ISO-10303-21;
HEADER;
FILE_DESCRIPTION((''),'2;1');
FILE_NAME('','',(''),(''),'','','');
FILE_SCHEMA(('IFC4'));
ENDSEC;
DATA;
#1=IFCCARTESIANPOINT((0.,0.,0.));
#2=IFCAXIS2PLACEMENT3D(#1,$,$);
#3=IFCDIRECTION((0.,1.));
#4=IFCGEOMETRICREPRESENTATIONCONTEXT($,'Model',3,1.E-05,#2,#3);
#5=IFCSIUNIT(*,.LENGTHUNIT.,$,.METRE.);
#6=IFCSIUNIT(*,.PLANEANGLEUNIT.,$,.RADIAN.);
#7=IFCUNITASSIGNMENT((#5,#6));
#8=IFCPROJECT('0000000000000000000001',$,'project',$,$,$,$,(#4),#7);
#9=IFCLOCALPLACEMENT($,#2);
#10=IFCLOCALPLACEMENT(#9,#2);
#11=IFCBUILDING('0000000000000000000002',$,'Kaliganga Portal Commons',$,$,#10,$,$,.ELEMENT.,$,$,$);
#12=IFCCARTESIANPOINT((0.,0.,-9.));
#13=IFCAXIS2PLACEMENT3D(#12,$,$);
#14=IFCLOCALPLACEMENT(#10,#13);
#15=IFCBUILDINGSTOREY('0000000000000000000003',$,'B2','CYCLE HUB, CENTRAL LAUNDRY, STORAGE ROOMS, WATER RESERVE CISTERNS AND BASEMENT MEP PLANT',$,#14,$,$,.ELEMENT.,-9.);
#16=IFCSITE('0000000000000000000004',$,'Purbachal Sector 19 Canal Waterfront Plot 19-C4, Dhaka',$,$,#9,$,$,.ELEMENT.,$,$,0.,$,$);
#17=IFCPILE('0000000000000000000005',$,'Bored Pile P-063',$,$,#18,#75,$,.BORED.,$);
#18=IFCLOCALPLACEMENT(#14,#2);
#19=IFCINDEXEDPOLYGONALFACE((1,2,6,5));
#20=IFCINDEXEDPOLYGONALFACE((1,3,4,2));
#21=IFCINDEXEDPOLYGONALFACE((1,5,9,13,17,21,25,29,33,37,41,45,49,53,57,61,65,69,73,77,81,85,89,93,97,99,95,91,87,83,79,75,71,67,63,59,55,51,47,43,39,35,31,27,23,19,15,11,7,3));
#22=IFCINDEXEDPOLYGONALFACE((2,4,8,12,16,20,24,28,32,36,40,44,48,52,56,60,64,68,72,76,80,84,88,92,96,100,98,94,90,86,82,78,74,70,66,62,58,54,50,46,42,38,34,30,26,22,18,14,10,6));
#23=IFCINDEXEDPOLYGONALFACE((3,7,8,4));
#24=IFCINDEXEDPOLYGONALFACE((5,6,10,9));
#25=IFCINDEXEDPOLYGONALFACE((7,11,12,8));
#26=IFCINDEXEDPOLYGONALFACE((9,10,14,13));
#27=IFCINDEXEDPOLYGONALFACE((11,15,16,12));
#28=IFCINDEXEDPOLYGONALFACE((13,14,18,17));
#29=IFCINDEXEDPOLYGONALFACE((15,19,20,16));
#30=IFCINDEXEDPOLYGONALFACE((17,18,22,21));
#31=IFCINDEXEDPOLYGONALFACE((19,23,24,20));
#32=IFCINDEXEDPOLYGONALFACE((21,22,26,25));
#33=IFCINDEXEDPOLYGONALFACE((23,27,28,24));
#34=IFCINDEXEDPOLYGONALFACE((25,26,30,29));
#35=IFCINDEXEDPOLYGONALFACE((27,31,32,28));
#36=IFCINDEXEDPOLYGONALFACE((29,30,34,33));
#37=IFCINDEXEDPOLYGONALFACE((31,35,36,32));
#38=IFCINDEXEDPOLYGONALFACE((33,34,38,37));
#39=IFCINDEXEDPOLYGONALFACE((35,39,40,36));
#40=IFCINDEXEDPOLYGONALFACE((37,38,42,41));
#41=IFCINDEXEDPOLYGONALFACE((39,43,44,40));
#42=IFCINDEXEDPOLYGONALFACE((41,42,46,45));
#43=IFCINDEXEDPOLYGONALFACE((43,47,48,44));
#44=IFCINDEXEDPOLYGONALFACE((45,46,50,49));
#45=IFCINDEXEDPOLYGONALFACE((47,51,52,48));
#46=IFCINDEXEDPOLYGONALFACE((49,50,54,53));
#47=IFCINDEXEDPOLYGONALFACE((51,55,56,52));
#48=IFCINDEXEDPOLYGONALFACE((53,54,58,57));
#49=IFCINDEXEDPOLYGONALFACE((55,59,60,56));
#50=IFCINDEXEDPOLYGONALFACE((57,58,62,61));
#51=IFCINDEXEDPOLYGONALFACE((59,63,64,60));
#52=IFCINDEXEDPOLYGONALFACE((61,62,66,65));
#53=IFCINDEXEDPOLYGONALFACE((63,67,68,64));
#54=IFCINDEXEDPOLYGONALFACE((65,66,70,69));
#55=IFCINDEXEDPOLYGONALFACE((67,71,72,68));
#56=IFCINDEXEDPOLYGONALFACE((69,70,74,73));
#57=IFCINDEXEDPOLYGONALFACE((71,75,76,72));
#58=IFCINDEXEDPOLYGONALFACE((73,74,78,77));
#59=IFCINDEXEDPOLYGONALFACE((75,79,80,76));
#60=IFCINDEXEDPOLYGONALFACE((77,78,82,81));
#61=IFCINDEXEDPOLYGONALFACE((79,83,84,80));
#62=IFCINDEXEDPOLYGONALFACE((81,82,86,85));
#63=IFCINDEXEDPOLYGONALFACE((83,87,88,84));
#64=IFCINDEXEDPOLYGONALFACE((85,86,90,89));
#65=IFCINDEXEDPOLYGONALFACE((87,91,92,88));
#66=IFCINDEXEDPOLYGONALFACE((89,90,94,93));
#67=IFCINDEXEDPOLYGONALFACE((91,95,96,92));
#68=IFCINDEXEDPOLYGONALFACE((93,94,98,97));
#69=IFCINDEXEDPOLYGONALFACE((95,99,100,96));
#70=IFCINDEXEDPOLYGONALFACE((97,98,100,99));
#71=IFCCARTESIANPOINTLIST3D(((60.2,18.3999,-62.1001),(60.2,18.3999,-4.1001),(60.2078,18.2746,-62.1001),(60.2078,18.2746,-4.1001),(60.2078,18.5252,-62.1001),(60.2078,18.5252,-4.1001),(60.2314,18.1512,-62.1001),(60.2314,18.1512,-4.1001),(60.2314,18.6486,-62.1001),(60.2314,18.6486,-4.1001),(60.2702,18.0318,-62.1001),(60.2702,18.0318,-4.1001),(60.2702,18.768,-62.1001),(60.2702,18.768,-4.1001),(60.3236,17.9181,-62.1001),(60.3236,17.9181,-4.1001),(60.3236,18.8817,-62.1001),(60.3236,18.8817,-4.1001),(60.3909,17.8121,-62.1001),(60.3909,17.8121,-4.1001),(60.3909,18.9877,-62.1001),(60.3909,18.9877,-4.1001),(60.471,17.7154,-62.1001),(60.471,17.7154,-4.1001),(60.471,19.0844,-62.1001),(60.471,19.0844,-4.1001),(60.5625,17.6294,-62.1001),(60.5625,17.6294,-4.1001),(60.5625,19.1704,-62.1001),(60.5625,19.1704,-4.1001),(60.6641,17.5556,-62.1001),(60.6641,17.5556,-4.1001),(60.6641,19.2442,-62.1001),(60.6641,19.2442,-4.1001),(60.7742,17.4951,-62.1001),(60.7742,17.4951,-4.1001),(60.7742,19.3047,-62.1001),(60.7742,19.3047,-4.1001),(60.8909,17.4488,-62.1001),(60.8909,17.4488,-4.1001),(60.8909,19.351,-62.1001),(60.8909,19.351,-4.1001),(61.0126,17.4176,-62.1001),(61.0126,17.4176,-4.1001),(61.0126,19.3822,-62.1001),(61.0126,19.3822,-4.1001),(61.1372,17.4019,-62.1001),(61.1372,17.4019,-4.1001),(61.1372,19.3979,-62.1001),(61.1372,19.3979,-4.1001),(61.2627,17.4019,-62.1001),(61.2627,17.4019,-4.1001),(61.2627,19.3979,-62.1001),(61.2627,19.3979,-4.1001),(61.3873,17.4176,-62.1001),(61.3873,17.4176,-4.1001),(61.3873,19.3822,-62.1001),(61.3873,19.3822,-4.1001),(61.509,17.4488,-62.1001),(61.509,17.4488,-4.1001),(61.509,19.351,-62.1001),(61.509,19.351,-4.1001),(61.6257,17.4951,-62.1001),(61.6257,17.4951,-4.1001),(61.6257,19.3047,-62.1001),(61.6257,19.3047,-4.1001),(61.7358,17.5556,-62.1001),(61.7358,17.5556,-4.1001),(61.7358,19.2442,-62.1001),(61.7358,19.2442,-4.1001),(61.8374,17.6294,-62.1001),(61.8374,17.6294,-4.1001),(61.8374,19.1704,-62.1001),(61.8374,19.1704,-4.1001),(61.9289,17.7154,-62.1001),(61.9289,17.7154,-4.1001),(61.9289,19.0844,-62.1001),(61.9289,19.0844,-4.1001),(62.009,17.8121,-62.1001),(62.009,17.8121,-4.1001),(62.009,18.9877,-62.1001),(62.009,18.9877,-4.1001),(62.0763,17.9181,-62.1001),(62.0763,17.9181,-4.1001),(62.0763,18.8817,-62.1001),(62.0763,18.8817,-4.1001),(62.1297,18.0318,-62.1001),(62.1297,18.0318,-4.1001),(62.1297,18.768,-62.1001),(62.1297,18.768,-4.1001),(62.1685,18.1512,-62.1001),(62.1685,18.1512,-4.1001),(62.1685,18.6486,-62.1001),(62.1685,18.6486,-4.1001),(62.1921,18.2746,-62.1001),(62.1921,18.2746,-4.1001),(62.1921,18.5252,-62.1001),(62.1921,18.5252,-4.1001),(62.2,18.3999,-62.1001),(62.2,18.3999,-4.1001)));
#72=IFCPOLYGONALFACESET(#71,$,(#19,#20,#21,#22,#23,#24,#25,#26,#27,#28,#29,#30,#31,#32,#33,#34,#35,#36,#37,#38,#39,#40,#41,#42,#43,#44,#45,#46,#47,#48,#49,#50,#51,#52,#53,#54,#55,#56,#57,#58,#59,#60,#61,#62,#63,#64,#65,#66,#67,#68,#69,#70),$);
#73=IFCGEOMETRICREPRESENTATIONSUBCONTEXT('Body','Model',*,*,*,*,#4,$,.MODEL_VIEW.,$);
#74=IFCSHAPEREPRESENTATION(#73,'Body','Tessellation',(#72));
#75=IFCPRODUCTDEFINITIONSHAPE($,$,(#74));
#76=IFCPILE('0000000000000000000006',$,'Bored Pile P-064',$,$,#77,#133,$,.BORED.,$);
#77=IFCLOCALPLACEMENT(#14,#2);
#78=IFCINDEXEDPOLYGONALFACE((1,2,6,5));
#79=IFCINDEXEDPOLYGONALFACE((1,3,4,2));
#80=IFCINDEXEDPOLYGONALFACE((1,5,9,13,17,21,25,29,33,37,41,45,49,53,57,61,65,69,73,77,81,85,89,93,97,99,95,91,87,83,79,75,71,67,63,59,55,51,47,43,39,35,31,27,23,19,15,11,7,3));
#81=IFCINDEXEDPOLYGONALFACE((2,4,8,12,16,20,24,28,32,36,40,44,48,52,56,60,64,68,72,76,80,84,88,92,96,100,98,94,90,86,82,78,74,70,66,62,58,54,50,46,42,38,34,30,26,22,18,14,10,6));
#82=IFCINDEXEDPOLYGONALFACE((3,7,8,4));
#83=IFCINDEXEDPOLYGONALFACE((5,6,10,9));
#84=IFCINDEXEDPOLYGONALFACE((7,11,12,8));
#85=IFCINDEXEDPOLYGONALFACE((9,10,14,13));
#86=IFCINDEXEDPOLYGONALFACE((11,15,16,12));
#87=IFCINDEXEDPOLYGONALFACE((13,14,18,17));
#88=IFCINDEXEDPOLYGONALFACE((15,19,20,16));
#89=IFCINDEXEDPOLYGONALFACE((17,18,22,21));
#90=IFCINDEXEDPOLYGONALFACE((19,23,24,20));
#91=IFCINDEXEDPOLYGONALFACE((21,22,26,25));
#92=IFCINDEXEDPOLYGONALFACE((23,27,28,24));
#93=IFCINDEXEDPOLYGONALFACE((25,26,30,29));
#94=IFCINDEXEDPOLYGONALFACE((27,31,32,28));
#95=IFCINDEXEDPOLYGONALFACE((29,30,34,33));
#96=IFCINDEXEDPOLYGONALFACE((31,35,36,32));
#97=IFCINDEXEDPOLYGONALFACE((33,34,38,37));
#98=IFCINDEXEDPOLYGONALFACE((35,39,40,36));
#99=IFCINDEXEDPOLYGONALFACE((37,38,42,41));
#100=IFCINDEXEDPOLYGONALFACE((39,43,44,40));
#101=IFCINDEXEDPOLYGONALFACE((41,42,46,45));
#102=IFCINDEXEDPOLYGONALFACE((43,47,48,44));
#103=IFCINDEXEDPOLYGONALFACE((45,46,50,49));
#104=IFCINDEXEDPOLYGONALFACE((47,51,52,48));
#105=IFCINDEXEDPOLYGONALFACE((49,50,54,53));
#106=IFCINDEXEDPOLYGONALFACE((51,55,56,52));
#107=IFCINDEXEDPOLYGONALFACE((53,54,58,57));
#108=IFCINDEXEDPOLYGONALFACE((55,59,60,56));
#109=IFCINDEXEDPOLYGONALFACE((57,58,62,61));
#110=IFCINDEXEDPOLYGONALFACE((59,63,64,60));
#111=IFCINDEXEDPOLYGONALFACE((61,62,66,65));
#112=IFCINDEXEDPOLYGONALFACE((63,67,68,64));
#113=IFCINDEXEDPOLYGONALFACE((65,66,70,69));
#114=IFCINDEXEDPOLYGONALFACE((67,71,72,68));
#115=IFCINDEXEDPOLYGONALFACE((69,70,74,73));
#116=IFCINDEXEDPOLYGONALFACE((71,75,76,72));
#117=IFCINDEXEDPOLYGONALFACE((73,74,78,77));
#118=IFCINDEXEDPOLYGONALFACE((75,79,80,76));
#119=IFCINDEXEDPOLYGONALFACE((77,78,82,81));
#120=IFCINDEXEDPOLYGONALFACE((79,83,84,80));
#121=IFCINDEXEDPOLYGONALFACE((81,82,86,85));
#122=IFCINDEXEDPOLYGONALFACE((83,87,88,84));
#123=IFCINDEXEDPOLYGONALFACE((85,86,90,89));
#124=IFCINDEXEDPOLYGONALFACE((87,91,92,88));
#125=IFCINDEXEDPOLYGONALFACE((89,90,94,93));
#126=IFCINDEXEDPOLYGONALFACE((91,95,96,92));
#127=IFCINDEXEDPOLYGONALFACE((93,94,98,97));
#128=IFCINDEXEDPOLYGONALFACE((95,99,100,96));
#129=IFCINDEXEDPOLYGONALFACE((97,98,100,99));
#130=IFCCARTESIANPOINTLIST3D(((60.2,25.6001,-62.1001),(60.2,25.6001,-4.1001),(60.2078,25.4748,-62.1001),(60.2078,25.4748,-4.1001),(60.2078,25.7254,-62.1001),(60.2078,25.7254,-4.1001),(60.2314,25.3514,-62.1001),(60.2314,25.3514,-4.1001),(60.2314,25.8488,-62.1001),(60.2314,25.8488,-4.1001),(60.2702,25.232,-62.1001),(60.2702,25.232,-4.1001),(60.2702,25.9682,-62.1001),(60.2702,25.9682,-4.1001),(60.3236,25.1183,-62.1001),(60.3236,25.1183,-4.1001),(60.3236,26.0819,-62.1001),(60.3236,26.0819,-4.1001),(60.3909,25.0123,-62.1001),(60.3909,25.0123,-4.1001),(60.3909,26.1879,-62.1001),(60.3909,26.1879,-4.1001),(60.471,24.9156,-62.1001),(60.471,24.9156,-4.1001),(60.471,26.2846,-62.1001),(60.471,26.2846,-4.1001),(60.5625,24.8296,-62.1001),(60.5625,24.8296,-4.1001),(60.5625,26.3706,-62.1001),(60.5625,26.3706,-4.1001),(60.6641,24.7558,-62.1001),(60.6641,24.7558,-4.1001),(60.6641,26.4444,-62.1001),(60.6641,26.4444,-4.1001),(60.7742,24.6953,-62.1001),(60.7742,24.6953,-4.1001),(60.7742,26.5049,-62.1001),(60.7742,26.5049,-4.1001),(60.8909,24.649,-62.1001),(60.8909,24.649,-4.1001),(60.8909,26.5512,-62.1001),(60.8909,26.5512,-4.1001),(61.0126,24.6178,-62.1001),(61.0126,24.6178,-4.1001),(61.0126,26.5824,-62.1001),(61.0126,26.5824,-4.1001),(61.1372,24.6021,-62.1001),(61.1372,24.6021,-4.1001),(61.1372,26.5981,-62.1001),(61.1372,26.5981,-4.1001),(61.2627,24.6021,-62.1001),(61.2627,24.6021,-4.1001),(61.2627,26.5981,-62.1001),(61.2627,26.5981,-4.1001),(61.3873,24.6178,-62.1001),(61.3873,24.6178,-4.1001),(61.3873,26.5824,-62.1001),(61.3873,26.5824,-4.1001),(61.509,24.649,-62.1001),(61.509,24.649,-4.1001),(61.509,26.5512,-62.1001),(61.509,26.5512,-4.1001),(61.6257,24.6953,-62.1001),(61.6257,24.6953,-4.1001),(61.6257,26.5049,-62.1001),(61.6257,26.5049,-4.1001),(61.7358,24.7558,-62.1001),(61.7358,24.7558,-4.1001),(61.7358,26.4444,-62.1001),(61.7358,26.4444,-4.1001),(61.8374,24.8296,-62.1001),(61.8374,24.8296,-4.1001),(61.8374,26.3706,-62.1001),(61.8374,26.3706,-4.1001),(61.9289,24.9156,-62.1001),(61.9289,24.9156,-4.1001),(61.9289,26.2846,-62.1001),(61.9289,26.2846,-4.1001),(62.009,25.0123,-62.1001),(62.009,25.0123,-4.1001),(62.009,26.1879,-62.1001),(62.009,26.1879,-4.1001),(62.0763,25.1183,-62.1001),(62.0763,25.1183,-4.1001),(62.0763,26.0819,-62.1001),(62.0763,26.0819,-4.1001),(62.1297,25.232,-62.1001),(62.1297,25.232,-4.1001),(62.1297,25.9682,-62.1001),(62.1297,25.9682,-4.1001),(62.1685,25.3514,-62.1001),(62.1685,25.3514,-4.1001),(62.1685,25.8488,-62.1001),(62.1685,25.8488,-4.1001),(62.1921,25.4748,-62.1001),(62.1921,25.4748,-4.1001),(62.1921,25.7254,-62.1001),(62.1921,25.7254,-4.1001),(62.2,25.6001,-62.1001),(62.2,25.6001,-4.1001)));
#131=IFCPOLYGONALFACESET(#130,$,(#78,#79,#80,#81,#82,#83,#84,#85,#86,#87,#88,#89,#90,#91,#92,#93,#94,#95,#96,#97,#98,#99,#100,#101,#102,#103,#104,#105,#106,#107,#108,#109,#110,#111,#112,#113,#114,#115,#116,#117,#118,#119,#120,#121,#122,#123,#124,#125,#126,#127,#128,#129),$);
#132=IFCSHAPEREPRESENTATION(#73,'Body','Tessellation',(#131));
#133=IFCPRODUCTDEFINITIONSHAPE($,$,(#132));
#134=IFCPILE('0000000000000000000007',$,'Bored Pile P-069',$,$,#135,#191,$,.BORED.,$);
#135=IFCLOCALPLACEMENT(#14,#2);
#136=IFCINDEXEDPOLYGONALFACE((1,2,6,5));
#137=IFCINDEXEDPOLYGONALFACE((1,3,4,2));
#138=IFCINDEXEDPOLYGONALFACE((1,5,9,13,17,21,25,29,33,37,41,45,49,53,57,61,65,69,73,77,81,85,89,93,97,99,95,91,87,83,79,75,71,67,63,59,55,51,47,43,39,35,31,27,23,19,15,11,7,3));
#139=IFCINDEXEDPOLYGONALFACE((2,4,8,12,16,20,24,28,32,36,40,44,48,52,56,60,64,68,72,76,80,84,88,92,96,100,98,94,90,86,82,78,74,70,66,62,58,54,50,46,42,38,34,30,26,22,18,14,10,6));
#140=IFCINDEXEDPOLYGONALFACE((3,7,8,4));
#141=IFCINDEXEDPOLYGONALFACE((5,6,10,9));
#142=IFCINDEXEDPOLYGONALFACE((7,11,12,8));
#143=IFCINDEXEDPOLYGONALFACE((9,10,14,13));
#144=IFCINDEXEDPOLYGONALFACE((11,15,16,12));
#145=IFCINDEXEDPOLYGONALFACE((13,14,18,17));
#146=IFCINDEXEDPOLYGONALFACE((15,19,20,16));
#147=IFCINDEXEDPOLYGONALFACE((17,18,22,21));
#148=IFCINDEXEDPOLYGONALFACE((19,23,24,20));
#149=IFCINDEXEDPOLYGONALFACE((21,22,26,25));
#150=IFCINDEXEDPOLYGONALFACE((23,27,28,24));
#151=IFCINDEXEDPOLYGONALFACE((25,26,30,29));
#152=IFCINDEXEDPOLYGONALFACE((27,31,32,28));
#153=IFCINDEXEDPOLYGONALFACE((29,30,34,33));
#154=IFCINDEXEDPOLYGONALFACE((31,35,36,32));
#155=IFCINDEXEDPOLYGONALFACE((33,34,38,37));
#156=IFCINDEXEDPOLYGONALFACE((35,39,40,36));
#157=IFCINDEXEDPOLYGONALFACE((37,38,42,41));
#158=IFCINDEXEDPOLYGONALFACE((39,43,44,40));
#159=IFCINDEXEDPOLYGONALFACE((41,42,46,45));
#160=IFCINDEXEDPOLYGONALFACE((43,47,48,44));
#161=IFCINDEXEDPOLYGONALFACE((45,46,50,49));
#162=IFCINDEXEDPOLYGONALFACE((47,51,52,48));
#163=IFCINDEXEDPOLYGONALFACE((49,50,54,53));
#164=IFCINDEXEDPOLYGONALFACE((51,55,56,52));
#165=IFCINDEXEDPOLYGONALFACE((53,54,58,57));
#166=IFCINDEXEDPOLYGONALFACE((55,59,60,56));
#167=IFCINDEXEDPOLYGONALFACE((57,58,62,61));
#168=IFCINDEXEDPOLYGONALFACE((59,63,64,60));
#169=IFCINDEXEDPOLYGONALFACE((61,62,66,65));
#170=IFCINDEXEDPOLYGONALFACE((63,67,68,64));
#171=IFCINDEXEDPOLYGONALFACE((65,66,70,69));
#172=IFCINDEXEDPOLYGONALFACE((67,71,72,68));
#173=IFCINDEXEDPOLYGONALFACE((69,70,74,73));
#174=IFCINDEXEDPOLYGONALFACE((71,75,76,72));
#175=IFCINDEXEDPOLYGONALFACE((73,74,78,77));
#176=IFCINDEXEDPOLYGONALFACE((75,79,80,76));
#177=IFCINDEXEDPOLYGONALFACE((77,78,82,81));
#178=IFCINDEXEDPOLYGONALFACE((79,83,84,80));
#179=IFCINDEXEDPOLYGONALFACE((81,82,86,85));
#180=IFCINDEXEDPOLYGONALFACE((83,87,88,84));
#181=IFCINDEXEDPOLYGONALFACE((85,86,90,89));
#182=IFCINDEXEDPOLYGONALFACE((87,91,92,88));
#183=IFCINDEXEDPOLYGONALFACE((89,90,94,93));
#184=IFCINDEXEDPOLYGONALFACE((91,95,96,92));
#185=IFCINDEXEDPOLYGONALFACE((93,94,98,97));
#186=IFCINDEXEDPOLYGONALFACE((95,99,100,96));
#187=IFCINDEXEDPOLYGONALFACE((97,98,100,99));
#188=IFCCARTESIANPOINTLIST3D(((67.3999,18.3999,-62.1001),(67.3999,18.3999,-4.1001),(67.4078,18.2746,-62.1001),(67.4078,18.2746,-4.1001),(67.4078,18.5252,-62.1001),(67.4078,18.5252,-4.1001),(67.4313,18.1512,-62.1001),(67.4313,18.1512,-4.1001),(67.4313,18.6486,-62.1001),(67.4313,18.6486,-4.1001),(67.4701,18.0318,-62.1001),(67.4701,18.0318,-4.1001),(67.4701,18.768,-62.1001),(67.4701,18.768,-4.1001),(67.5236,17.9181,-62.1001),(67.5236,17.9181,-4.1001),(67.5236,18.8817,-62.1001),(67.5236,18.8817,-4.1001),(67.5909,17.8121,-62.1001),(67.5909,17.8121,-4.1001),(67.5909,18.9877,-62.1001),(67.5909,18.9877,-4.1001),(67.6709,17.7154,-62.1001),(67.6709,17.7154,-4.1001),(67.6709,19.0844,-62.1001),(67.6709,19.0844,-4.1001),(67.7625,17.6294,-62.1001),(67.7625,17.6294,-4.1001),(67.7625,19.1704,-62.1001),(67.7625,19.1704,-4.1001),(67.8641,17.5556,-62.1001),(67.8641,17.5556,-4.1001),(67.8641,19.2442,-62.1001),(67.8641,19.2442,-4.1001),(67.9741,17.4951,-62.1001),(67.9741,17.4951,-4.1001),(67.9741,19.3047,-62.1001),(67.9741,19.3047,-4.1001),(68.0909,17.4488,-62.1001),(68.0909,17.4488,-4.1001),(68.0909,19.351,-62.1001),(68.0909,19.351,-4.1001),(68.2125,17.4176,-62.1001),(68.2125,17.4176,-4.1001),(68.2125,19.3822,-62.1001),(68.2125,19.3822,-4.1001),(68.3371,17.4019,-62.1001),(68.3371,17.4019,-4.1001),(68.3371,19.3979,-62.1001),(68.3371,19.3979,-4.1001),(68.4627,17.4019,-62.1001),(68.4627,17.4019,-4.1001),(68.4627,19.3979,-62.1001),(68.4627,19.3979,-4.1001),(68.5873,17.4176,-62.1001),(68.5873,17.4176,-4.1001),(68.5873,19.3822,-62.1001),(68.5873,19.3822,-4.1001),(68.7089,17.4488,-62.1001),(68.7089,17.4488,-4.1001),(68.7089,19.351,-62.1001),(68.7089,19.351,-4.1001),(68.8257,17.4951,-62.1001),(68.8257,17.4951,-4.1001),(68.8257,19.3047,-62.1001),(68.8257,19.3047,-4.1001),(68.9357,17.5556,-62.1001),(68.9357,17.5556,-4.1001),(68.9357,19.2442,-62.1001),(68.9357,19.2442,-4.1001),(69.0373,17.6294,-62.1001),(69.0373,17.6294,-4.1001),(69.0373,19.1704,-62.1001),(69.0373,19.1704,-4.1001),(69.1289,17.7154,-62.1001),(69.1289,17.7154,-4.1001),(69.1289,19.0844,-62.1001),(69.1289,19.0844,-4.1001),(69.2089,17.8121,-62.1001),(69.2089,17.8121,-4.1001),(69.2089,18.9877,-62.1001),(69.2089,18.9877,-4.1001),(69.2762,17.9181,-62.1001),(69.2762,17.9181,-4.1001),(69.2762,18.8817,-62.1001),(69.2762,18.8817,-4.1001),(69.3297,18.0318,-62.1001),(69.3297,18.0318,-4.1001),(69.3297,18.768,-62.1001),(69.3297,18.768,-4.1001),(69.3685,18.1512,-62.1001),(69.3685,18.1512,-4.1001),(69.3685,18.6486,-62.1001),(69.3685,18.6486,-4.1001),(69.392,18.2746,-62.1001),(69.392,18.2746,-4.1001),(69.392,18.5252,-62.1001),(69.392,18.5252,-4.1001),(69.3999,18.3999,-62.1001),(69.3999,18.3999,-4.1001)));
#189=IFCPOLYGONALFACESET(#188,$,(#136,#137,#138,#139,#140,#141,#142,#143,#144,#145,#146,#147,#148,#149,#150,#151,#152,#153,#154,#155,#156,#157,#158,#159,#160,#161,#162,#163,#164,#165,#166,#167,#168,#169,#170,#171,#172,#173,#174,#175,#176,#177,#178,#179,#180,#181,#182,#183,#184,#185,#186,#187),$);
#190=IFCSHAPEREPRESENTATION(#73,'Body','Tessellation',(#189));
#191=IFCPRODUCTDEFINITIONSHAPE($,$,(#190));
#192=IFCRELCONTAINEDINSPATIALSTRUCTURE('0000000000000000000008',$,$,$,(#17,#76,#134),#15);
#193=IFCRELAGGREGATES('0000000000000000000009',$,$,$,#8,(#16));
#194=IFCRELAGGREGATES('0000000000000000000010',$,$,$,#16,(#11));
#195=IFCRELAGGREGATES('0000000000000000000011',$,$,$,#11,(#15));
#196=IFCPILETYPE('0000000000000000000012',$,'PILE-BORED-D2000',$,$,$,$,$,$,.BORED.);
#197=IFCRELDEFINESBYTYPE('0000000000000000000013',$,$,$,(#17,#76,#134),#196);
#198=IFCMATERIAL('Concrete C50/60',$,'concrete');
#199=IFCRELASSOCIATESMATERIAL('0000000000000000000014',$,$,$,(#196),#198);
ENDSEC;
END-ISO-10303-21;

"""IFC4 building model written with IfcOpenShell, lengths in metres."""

from ifc_helpers import new_model, si_unit, direction, frame, origin, origin_2d, place, context, subcontext, project, spatial, circle, extrude, material, material_profile, profile_set, type_object, element, save


model = new_model("IFC4")

# Units and contexts
model_context = context("Model", 3, precision=1e-05, world=origin(), true_north=direction((0.0, 1.0)))
body_context = subcontext(model_context, "Body", "Model", "MODEL_VIEW")
ifc_project = project(units=[si_unit("LENGTHUNIT", "METRE"), si_unit("PLANEANGLEUNIT", "RADIAN")], contexts=[model_context])

# Site, building, storey
site_placement = place(None, origin())
site = spatial("IfcSite", under=ifc_project, at=site_placement, Name="Purbachal Sector 19 Canal Waterfront Plot 19-C4, Dhaka", CompositionType="ELEMENT", RefElevation=0.0)
building_placement = place(site_placement, origin())
building = spatial("IfcBuilding", under=site, at=building_placement, Name="Kaliganga Portal Commons", CompositionType="ELEMENT")
storey_placement = place(building_placement, frame((0.0, 0.0, -9.0)))
storey = spatial("IfcBuildingStorey", under=building, at=storey_placement, Name="B2", Description="CYCLE HUB, CENTRAL LAUNDRY, STORAGE ROOMS, WATER RESERVE CISTERNS AND BASEMENT MEP PLANT", CompositionType="ELEMENT", Elevation=-9.0)

# Piles
ifc_material_1 = material(Name="Concrete C50/60", Category="concrete")
ifc_material_profile_1 = material_profile(ifc_material_1, circle(Radius=1.0, at=origin_2d()), Name="PILE D2000")
ifc_profile_set_1 = profile_set([ifc_material_profile_1], Name="Concrete C50/60")
pile_type = type_object("IfcPileType", Name="PILE-BORED-D2000", PredefinedType="BORED", material=ifc_profile_set_1)
for number, where, z_axis, x_axis, name in (
    (1, (61.2, 18.3999, -4.1001), (0.0, 0.0, -1.0), (1.0, 0.0, 0.0), "Bored Pile P-063"),
    (2, (61.2, 25.6001, -4.1001), (0.0, 0.0, -1.0), (1.0, 0.0, 0.0), "Bored Pile P-064"),
    (3, (68.3999, 18.3999, -4.1001), (0.0, 0.0, -1.0), (1.0, 0.0, 0.0), "Bored Pile P-069"),
):
    element("IfcPile", number, at=place(storey_placement, frame(where, z_axis=z_axis, x_axis=x_axis)), inside=storey, type_object=pile_type, Name=name, PredefinedType="BORED", context=body_context, shape_type="SweptSolid", body=[
        extrude(circle(Radius=1.0, at=origin_2d()), origin(), (0.0, 0.0, 1.0), 58.0),
    ])

save(model, "model.ifc")
